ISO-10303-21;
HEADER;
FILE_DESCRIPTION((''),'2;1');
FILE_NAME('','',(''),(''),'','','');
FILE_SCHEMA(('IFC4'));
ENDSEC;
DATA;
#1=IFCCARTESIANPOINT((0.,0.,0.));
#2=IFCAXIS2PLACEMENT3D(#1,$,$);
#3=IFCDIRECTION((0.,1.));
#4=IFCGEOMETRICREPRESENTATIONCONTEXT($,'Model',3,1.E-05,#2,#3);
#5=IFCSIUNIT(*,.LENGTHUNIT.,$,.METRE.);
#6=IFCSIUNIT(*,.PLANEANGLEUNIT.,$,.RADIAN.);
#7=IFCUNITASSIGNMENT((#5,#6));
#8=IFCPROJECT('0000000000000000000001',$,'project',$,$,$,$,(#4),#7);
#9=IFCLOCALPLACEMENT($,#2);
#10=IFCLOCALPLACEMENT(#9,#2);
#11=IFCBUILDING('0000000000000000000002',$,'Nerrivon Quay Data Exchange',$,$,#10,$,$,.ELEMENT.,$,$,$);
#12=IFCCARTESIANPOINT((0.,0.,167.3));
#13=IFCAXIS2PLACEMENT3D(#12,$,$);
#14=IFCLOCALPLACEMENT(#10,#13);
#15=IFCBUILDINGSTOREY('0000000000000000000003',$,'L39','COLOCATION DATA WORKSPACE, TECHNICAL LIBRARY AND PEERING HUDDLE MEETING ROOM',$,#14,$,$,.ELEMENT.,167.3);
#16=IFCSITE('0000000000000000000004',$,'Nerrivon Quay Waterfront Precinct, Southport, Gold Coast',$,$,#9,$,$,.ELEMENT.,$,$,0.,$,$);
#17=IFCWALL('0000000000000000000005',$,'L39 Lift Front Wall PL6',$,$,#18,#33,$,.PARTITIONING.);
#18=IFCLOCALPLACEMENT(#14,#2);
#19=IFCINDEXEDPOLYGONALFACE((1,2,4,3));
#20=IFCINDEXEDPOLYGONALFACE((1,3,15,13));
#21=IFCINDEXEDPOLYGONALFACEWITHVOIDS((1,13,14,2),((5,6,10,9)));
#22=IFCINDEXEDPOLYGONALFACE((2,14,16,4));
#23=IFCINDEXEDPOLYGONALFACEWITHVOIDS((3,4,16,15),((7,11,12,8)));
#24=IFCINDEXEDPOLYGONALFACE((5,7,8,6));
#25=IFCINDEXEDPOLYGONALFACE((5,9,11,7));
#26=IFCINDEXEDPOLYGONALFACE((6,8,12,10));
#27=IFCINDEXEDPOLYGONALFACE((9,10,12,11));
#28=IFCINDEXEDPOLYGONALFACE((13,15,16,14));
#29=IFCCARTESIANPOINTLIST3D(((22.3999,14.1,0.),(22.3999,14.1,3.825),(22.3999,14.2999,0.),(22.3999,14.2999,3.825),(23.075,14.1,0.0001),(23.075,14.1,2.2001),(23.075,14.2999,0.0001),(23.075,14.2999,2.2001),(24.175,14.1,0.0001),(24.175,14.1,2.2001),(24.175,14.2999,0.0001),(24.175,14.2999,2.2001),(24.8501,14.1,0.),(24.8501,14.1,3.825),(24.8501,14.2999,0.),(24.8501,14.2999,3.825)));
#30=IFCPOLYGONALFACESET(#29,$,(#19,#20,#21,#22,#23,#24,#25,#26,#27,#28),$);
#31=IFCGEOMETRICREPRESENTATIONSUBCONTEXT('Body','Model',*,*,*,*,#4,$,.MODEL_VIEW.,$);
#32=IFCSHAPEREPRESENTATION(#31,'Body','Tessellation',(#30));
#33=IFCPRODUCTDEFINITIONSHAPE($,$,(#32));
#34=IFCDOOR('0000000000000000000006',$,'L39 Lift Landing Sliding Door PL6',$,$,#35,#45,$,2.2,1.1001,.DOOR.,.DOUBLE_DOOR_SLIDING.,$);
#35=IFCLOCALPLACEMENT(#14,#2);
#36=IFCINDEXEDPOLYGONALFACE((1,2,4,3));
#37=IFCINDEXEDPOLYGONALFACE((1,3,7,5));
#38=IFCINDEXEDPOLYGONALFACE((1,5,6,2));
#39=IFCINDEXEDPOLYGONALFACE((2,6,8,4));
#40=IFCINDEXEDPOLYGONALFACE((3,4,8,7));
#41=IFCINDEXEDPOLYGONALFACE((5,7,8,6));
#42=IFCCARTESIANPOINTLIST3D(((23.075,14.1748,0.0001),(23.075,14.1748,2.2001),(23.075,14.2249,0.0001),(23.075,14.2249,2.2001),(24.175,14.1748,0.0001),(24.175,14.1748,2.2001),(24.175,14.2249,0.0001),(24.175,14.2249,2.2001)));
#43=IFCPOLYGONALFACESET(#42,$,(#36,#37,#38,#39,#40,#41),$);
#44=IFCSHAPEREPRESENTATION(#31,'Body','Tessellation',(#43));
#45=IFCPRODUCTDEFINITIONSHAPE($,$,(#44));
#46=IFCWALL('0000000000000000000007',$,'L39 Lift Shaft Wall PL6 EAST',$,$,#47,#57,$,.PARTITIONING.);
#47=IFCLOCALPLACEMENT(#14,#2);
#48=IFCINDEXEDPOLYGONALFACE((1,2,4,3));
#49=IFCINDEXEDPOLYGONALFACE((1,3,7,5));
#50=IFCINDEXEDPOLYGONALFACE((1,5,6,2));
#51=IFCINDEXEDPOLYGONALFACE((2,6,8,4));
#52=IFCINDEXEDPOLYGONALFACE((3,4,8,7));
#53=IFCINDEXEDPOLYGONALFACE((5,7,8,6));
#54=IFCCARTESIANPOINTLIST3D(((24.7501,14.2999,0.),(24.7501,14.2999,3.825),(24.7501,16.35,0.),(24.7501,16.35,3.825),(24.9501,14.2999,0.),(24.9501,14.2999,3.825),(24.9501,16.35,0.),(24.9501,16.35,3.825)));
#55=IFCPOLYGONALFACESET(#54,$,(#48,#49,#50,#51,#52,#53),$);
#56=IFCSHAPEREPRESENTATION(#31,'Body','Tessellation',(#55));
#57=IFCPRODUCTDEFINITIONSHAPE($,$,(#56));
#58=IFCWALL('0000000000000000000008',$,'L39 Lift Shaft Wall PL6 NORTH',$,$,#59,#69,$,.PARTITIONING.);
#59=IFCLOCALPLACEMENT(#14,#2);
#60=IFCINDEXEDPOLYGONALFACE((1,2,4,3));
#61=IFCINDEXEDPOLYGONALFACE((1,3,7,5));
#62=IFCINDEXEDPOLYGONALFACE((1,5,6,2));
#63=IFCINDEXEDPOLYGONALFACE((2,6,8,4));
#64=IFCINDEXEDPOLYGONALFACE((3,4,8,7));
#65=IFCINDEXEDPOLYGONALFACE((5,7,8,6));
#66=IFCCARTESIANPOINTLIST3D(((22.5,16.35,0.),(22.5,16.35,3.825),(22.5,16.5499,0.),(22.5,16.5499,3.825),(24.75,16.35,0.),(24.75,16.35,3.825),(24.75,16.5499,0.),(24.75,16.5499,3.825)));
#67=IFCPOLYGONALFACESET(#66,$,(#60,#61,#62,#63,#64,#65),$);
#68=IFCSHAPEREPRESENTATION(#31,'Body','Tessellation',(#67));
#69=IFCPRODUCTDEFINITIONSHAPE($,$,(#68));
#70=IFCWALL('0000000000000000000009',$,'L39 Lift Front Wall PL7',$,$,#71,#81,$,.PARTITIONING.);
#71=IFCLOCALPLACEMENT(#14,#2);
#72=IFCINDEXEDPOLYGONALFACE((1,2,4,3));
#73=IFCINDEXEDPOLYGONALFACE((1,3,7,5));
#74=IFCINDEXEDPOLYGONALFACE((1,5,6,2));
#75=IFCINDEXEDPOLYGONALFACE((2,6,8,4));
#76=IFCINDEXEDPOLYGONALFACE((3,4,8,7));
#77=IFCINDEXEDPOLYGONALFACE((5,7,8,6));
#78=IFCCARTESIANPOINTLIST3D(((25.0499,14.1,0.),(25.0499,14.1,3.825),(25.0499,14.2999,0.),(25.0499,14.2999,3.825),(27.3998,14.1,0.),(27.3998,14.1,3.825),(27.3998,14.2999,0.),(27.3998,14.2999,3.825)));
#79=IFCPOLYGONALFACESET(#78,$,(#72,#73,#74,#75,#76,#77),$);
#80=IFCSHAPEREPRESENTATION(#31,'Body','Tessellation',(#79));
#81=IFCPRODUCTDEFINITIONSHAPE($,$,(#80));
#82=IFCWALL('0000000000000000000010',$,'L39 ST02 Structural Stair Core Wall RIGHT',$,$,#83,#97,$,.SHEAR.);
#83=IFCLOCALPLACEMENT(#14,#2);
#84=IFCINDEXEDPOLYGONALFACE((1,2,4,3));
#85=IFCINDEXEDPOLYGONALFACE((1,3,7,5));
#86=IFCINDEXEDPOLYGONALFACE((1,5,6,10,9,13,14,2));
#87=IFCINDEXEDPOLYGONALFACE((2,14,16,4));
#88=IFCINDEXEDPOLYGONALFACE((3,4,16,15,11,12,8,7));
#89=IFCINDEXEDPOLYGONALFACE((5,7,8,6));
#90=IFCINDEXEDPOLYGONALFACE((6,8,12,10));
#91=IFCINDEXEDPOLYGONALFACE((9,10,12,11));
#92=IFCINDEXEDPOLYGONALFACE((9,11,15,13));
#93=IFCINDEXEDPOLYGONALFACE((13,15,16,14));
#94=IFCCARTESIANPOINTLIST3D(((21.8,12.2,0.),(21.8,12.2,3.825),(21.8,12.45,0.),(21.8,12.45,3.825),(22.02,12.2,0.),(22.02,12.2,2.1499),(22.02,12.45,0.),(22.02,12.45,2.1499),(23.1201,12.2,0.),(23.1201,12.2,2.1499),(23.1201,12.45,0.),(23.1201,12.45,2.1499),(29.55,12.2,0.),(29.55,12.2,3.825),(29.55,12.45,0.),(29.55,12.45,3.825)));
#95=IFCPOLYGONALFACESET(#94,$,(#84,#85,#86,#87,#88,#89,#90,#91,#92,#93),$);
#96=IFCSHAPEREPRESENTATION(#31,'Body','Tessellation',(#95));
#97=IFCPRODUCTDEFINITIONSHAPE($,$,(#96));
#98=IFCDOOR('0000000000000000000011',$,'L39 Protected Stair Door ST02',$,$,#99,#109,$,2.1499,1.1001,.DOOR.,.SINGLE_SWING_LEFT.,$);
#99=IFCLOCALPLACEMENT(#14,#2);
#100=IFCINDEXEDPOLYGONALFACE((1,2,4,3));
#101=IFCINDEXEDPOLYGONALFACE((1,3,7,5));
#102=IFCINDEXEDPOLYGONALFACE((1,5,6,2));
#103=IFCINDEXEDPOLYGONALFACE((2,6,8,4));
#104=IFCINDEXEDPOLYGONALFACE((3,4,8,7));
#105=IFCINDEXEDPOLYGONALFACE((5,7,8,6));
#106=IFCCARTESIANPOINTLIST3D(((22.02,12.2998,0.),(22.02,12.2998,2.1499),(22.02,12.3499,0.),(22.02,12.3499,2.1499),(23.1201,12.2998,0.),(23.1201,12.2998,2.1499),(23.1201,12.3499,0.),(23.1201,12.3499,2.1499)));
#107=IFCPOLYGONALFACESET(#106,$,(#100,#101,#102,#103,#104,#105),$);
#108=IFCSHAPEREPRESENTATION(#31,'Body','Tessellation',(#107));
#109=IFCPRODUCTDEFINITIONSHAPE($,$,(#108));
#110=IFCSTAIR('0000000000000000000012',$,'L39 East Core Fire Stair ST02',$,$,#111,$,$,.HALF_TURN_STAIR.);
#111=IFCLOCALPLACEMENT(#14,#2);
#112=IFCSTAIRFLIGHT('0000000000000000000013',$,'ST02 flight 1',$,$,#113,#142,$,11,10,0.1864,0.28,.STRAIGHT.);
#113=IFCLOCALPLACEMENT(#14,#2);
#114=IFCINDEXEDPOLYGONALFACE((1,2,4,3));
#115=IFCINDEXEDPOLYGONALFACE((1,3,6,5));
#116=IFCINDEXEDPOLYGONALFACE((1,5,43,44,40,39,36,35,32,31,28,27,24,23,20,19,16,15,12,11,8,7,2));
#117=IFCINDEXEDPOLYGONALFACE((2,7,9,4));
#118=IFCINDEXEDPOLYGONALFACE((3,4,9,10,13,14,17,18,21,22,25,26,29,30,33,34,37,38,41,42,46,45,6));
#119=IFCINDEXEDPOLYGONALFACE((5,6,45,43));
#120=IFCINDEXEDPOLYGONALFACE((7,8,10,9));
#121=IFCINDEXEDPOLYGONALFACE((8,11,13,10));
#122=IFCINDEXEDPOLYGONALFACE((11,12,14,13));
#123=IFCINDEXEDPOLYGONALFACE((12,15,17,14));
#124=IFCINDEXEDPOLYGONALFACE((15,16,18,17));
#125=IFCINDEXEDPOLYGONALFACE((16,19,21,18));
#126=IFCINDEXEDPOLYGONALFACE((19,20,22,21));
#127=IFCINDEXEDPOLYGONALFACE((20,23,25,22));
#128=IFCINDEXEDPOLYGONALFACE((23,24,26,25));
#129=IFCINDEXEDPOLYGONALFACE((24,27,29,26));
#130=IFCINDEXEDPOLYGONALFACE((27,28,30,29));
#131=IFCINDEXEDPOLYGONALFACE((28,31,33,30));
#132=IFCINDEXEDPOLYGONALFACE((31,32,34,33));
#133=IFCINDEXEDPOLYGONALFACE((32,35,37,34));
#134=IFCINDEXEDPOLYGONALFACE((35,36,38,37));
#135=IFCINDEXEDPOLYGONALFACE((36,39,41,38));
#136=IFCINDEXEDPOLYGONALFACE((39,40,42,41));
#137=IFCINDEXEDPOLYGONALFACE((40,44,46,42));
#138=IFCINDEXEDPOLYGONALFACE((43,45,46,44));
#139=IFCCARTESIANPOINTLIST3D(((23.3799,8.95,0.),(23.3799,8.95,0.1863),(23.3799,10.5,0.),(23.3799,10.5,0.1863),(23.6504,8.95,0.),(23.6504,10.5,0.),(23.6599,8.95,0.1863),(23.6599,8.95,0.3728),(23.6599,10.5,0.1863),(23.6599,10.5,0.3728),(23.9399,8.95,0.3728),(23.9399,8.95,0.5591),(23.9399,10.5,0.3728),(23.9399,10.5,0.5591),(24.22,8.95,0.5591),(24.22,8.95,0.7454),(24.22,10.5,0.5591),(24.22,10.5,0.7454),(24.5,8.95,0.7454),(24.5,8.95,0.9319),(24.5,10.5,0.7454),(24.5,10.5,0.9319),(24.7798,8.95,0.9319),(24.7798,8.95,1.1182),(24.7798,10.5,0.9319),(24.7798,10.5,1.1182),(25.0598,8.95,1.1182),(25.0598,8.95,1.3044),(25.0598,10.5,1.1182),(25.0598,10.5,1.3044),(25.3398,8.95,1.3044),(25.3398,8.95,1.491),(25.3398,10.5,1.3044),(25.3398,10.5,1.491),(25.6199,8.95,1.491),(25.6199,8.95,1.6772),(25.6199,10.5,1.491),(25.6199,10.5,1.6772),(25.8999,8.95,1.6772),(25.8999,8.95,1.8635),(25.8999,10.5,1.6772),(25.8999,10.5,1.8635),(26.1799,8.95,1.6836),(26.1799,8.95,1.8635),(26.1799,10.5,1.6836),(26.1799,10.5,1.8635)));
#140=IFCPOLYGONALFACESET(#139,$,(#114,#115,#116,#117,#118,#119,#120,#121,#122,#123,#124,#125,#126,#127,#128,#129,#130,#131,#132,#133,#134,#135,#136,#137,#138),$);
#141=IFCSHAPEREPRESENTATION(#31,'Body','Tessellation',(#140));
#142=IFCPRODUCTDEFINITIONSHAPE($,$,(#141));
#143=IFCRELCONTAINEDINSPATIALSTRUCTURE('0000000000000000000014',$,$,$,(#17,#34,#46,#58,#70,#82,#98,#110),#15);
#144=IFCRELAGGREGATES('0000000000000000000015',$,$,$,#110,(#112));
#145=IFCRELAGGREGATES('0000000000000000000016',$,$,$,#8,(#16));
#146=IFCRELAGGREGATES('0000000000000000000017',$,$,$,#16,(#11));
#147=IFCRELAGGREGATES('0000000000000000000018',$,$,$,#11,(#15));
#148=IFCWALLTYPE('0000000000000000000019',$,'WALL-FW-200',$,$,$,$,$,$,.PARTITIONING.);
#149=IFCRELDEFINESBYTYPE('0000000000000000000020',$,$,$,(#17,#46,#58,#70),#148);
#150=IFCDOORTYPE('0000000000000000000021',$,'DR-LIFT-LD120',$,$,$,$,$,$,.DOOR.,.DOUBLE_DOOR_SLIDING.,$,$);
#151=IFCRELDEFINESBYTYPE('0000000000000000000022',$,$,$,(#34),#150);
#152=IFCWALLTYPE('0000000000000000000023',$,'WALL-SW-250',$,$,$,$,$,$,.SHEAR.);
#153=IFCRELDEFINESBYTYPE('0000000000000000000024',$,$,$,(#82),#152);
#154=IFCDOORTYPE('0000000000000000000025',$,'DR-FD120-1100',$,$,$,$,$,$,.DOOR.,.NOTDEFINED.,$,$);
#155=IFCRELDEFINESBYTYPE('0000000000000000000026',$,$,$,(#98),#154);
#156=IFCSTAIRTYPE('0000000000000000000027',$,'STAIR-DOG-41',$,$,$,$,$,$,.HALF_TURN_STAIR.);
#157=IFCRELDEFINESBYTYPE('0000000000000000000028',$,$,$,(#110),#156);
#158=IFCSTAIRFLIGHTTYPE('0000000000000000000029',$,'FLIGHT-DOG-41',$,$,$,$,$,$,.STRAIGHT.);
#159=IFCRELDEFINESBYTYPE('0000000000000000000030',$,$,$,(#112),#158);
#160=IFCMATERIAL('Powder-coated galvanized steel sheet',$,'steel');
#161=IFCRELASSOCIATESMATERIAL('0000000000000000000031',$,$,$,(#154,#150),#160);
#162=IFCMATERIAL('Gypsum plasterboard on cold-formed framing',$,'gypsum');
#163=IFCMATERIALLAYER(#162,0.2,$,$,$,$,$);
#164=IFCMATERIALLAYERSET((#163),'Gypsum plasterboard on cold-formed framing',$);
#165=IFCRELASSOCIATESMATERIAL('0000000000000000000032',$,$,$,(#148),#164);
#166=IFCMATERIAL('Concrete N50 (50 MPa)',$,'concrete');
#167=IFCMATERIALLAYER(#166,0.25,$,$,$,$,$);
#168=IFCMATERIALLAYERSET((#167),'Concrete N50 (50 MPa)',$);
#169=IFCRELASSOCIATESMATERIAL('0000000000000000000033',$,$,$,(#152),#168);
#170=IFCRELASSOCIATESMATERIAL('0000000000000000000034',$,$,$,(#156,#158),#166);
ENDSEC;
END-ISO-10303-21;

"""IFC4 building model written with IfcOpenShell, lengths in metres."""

from ifc_helpers import new_model, si_unit, direction, frame, frame_2d, origin, place, context, subcontext, project, spatial, polyline, rectangle, outline, extrude, material, layer, layer_set, type_object, element, fill, aggregate, save


model = new_model("IFC4")

# Units and contexts
model_context = context("Model", 3, precision=1e-05, world=origin(), true_north=direction((0.0, 1.0)))
body_context = subcontext(model_context, "Body", "Model", "MODEL_VIEW")
ifc_project = project(units=[si_unit("LENGTHUNIT", "METRE"), si_unit("PLANEANGLEUNIT", "RADIAN")], contexts=[model_context])

# Site, building, storey
site_placement = place(None, origin())
site = spatial("IfcSite", under=ifc_project, at=site_placement, Name="Nerrivon Quay Waterfront Precinct, Southport, Gold Coast", CompositionType="ELEMENT", RefElevation=0.0)
building_placement = place(site_placement, origin())
building = spatial("IfcBuilding", under=site, at=building_placement, Name="Nerrivon Quay Data Exchange", CompositionType="ELEMENT")
storey_placement = place(building_placement, frame((0.0, 0.0, 167.3)))
storey = spatial("IfcBuildingStorey", under=building, at=storey_placement, Name="L39", Description="COLOCATION DATA WORKSPACE, TECHNICAL LIBRARY AND PEERING HUDDLE MEETING ROOM", CompositionType="ELEMENT", Elevation=167.3)

# Shared definitions
ifc_material_1 = material(Name="Concrete N50 (50 MPa)", Category="concrete")

# Shared definitions
ifc_material_2 = material(Name="Powder-coated galvanized steel sheet", Category="steel")
door_type_1 = type_object("IfcDoorType", Name="DR-FD120-1100", OperationType="NOTDEFINED", PredefinedType="DOOR", material=ifc_material_2)

# Shared definitions
ifc_material_3 = material(Name="Gypsum plasterboard on cold-formed framing", Category="gypsum")
ifc_layer_1 = layer(ifc_material_3, 0.2)
ifc_layer_set_1 = layer_set([ifc_layer_1], Name="Gypsum plasterboard on cold-formed framing")
wall_type_1 = type_object("IfcWallType", Name="WALL-FW-200", PredefinedType="PARTITIONING", material=ifc_layer_set_1)

# Shared definitions
door_type_2 = type_object("IfcDoorType", Name="DR-LIFT-LD120", OperationType="DOUBLE_DOOR_SLIDING", PredefinedType="DOOR", material=ifc_material_2)

# Wall, opening, door
wall_1_placement = place(storey_placement, frame((22.3999, 14.2, 0.0), z_axis=(0.0, 0.0, 1.0), x_axis=(1.0, 0.0, 0.0)))
wall_1 = element("IfcWall", 1, at=wall_1_placement, inside=storey, type_object=wall_type_1, Name="L39 Lift Front Wall PL6", PredefinedType="PARTITIONING", context=body_context, shape_type="SweptSolid", body=[
    extrude(rectangle(XDim=2.4502, YDim=0.2, at=frame_2d((1.2251, 0.0))), origin(), (0.0, 0.0, 1.0), 3.825),
])
opening_1_placement = place(wall_1_placement, frame((0.675, 0.0, 0.0)))
opening_1 = element("IfcOpeningElement", 2, at=opening_1_placement, cuts=wall_1, PredefinedType="OPENING", context=body_context, shape_type="SweptSolid", body=[
    extrude(rectangle(XDim=1.1001, YDim=2.2, at=frame_2d((0.55, 1.1001))), frame((0.0, 0.1099, 0.0), z_axis=(0.0, -1.0, 0.0), x_axis=(1.0, 0.0, 0.0)), (0.0, 0.0, 1.0), 0.22),
])
door_1_placement = place(opening_1_placement, origin())
door_1 = element("IfcDoor", 3, at=door_1_placement, inside=storey, type_object=door_type_2, Name="L39 Lift Landing Sliding Door PL6", OperationType="DOUBLE_DOOR_SLIDING", OverallHeight=2.2, OverallWidth=1.1001, PredefinedType="DOOR", context=body_context, shape_type="SweptSolid", body=[
    extrude(rectangle(XDim=1.1001, YDim=2.2, at=frame_2d((0.55, 1.1001))), frame((0.0, 0.0249, 0.0), z_axis=(0.0, -1.0, 0.0), x_axis=(1.0, 0.0, 0.0)), (0.0, 0.0, 1.0), 0.05),
])
fill(opening_1, door_1)

# Walls
wall_2_placement = place(storey_placement, frame((24.8501, 14.3, 0.0), z_axis=(0.0, 0.0, 1.0), x_axis=(0.0, 1.0, 0.0)))
element("IfcWall", 4, at=wall_2_placement, inside=storey, type_object=wall_type_1, Name="L39 Lift Shaft Wall PL6 EAST", PredefinedType="PARTITIONING", context=body_context, shape_type="SweptSolid", body=[
    extrude(rectangle(XDim=2.05, YDim=0.2, at=frame_2d((1.0249, 0.0))), origin(), (0.0, 0.0, 1.0), 3.825),
])
wall_3_placement = place(storey_placement, frame((22.5, 16.45, 0.0), z_axis=(0.0, 0.0, 1.0), x_axis=(1.0, 0.0, 0.0)))
element("IfcWall", 5, at=wall_3_placement, inside=storey, type_object=wall_type_1, Name="L39 Lift Shaft Wall PL6 NORTH", PredefinedType="PARTITIONING", context=body_context, shape_type="SweptSolid", body=[
    extrude(rectangle(XDim=2.25, YDim=0.2, at=frame_2d((1.125, 0.0))), origin(), (0.0, 0.0, 1.0), 3.825),
])
wall_4_placement = place(storey_placement, frame((25.05, 14.2, 0.0), z_axis=(0.0, 0.0, 1.0), x_axis=(1.0, 0.0, 0.0)))
element("IfcWall", 6, at=wall_4_placement, inside=storey, type_object=wall_type_1, Name="L39 Lift Front Wall PL7", PredefinedType="PARTITIONING", context=body_context, shape_type="SweptSolid", body=[
    extrude(rectangle(XDim=2.3499, YDim=0.2, at=frame_2d((1.1748, 0.0))), origin(), (0.0, 0.0, 1.0), 3.825),
])

# Wall, opening, door
ifc_layer_2 = layer(ifc_material_1, 0.25)
ifc_layer_set_2 = layer_set([ifc_layer_2], Name="Concrete N50 (50 MPa)")
wall_type_2 = type_object("IfcWallType", Name="WALL-SW-250", PredefinedType="SHEAR", material=ifc_layer_set_2)
wall_5_placement = place(storey_placement, frame((21.8, 12.325, 0.0), z_axis=(0.0, 0.0, 1.0), x_axis=(1.0, 0.0, 0.0)))
wall_5 = element("IfcWall", 7, at=wall_5_placement, inside=storey, type_object=wall_type_2, Name="L39 ST02 Structural Stair Core Wall RIGHT", PredefinedType="SHEAR", context=body_context, shape_type="SweptSolid", body=[
    extrude(rectangle(XDim=7.75, YDim=0.25, at=frame_2d((3.875, 0.0))), origin(), (0.0, 0.0, 1.0), 3.825),
])
opening_2_placement = place(wall_5_placement, frame((0.22, 0.0, 0.0)))
opening_2 = element("IfcOpeningElement", 8, at=opening_2_placement, cuts=wall_5, PredefinedType="OPENING", context=body_context, shape_type="SweptSolid", body=[
    extrude(rectangle(XDim=1.1001, YDim=2.1499, at=frame_2d((0.55, 1.075))), frame((0.0, 0.135, 0.0), z_axis=(0.0, -1.0, 0.0), x_axis=(1.0, 0.0, 0.0)), (0.0, 0.0, 1.0), 0.27),
])
door_2_placement = place(opening_2_placement, origin())
door_2 = element("IfcDoor", 9, at=door_2_placement, inside=storey, type_object=door_type_1, Name="L39 Protected Stair Door ST02", OperationType="SINGLE_SWING_LEFT", OverallHeight=2.1499, OverallWidth=1.1001, PredefinedType="DOOR", context=body_context, shape_type="SweptSolid", body=[
    extrude(rectangle(XDim=1.1001, YDim=2.1499, at=frame_2d((0.55, 1.075))), frame((0.0, 0.0249, 0.0), z_axis=(0.0, -1.0, 0.0), x_axis=(1.0, 0.0, 0.0)), (0.0, 0.0, 1.0), 0.05),
])
fill(opening_2, door_2)

# Stair, stair flight
stair_type = type_object("IfcStairType", Name="STAIR-DOG-41", PredefinedType="HALF_TURN_STAIR", material=ifc_material_1)
stair_placement = place(storey_placement, origin())
stair = element("IfcStair", 10, at=stair_placement, inside=storey, type_object=stair_type, Name="L39 East Core Fire Stair ST02", PredefinedType="HALF_TURN_STAIR")
stair_flight_type = type_object("IfcStairFlightType", Name="FLIGHT-DOG-41", PredefinedType="STRAIGHT", material=ifc_material_1)
stair_flight_placement = place(storey_placement, frame((23.3799, 9.7251, 0.0), z_axis=(0.0, 0.0, 1.0), x_axis=(1.0, 0.0, 0.0)))
stair_flight = element("IfcStairFlight", 11, at=stair_flight_placement, type_object=stair_flight_type, Name="ST02 flight 1", NumberOfRisers=11, NumberOfTreads=10, PredefinedType="STRAIGHT", RiserHeight=0.1864, TreadLength=0.28, context=body_context, shape_type="SweptSolid", body=[
    extrude(outline(polyline([(0.0, 0.0), (0.0, 0.1863), (0.28, 0.1863), (0.28, 0.3728), (0.5601, 0.3728), (0.5601, 0.5591), (0.8401, 0.5591), (0.8401, 0.7454), (1.1201, 0.7454), (1.1201, 0.9319), (1.3999, 0.9319), (1.3999, 1.1182), (1.6799, 1.1182), (1.6799, 1.3044), (1.96, 1.3044), (1.96, 1.491), (2.24, 1.491), (2.24, 1.6772), (2.52, 1.6772), (2.52, 1.8635), (2.8, 1.8635), (2.8, 2.05), (2.8, 1.6836), (0.2705, 0.0), (0.0, 0.0)])), frame((0.0, 0.7749, 0.0), z_axis=(0.0, -1.0, 0.0), x_axis=(1.0, 0.0, 0.0)), (0.0, 0.0, 1.0), 1.55),
])
aggregate(stair, [stair_flight])

save(model, "model.ifc")
